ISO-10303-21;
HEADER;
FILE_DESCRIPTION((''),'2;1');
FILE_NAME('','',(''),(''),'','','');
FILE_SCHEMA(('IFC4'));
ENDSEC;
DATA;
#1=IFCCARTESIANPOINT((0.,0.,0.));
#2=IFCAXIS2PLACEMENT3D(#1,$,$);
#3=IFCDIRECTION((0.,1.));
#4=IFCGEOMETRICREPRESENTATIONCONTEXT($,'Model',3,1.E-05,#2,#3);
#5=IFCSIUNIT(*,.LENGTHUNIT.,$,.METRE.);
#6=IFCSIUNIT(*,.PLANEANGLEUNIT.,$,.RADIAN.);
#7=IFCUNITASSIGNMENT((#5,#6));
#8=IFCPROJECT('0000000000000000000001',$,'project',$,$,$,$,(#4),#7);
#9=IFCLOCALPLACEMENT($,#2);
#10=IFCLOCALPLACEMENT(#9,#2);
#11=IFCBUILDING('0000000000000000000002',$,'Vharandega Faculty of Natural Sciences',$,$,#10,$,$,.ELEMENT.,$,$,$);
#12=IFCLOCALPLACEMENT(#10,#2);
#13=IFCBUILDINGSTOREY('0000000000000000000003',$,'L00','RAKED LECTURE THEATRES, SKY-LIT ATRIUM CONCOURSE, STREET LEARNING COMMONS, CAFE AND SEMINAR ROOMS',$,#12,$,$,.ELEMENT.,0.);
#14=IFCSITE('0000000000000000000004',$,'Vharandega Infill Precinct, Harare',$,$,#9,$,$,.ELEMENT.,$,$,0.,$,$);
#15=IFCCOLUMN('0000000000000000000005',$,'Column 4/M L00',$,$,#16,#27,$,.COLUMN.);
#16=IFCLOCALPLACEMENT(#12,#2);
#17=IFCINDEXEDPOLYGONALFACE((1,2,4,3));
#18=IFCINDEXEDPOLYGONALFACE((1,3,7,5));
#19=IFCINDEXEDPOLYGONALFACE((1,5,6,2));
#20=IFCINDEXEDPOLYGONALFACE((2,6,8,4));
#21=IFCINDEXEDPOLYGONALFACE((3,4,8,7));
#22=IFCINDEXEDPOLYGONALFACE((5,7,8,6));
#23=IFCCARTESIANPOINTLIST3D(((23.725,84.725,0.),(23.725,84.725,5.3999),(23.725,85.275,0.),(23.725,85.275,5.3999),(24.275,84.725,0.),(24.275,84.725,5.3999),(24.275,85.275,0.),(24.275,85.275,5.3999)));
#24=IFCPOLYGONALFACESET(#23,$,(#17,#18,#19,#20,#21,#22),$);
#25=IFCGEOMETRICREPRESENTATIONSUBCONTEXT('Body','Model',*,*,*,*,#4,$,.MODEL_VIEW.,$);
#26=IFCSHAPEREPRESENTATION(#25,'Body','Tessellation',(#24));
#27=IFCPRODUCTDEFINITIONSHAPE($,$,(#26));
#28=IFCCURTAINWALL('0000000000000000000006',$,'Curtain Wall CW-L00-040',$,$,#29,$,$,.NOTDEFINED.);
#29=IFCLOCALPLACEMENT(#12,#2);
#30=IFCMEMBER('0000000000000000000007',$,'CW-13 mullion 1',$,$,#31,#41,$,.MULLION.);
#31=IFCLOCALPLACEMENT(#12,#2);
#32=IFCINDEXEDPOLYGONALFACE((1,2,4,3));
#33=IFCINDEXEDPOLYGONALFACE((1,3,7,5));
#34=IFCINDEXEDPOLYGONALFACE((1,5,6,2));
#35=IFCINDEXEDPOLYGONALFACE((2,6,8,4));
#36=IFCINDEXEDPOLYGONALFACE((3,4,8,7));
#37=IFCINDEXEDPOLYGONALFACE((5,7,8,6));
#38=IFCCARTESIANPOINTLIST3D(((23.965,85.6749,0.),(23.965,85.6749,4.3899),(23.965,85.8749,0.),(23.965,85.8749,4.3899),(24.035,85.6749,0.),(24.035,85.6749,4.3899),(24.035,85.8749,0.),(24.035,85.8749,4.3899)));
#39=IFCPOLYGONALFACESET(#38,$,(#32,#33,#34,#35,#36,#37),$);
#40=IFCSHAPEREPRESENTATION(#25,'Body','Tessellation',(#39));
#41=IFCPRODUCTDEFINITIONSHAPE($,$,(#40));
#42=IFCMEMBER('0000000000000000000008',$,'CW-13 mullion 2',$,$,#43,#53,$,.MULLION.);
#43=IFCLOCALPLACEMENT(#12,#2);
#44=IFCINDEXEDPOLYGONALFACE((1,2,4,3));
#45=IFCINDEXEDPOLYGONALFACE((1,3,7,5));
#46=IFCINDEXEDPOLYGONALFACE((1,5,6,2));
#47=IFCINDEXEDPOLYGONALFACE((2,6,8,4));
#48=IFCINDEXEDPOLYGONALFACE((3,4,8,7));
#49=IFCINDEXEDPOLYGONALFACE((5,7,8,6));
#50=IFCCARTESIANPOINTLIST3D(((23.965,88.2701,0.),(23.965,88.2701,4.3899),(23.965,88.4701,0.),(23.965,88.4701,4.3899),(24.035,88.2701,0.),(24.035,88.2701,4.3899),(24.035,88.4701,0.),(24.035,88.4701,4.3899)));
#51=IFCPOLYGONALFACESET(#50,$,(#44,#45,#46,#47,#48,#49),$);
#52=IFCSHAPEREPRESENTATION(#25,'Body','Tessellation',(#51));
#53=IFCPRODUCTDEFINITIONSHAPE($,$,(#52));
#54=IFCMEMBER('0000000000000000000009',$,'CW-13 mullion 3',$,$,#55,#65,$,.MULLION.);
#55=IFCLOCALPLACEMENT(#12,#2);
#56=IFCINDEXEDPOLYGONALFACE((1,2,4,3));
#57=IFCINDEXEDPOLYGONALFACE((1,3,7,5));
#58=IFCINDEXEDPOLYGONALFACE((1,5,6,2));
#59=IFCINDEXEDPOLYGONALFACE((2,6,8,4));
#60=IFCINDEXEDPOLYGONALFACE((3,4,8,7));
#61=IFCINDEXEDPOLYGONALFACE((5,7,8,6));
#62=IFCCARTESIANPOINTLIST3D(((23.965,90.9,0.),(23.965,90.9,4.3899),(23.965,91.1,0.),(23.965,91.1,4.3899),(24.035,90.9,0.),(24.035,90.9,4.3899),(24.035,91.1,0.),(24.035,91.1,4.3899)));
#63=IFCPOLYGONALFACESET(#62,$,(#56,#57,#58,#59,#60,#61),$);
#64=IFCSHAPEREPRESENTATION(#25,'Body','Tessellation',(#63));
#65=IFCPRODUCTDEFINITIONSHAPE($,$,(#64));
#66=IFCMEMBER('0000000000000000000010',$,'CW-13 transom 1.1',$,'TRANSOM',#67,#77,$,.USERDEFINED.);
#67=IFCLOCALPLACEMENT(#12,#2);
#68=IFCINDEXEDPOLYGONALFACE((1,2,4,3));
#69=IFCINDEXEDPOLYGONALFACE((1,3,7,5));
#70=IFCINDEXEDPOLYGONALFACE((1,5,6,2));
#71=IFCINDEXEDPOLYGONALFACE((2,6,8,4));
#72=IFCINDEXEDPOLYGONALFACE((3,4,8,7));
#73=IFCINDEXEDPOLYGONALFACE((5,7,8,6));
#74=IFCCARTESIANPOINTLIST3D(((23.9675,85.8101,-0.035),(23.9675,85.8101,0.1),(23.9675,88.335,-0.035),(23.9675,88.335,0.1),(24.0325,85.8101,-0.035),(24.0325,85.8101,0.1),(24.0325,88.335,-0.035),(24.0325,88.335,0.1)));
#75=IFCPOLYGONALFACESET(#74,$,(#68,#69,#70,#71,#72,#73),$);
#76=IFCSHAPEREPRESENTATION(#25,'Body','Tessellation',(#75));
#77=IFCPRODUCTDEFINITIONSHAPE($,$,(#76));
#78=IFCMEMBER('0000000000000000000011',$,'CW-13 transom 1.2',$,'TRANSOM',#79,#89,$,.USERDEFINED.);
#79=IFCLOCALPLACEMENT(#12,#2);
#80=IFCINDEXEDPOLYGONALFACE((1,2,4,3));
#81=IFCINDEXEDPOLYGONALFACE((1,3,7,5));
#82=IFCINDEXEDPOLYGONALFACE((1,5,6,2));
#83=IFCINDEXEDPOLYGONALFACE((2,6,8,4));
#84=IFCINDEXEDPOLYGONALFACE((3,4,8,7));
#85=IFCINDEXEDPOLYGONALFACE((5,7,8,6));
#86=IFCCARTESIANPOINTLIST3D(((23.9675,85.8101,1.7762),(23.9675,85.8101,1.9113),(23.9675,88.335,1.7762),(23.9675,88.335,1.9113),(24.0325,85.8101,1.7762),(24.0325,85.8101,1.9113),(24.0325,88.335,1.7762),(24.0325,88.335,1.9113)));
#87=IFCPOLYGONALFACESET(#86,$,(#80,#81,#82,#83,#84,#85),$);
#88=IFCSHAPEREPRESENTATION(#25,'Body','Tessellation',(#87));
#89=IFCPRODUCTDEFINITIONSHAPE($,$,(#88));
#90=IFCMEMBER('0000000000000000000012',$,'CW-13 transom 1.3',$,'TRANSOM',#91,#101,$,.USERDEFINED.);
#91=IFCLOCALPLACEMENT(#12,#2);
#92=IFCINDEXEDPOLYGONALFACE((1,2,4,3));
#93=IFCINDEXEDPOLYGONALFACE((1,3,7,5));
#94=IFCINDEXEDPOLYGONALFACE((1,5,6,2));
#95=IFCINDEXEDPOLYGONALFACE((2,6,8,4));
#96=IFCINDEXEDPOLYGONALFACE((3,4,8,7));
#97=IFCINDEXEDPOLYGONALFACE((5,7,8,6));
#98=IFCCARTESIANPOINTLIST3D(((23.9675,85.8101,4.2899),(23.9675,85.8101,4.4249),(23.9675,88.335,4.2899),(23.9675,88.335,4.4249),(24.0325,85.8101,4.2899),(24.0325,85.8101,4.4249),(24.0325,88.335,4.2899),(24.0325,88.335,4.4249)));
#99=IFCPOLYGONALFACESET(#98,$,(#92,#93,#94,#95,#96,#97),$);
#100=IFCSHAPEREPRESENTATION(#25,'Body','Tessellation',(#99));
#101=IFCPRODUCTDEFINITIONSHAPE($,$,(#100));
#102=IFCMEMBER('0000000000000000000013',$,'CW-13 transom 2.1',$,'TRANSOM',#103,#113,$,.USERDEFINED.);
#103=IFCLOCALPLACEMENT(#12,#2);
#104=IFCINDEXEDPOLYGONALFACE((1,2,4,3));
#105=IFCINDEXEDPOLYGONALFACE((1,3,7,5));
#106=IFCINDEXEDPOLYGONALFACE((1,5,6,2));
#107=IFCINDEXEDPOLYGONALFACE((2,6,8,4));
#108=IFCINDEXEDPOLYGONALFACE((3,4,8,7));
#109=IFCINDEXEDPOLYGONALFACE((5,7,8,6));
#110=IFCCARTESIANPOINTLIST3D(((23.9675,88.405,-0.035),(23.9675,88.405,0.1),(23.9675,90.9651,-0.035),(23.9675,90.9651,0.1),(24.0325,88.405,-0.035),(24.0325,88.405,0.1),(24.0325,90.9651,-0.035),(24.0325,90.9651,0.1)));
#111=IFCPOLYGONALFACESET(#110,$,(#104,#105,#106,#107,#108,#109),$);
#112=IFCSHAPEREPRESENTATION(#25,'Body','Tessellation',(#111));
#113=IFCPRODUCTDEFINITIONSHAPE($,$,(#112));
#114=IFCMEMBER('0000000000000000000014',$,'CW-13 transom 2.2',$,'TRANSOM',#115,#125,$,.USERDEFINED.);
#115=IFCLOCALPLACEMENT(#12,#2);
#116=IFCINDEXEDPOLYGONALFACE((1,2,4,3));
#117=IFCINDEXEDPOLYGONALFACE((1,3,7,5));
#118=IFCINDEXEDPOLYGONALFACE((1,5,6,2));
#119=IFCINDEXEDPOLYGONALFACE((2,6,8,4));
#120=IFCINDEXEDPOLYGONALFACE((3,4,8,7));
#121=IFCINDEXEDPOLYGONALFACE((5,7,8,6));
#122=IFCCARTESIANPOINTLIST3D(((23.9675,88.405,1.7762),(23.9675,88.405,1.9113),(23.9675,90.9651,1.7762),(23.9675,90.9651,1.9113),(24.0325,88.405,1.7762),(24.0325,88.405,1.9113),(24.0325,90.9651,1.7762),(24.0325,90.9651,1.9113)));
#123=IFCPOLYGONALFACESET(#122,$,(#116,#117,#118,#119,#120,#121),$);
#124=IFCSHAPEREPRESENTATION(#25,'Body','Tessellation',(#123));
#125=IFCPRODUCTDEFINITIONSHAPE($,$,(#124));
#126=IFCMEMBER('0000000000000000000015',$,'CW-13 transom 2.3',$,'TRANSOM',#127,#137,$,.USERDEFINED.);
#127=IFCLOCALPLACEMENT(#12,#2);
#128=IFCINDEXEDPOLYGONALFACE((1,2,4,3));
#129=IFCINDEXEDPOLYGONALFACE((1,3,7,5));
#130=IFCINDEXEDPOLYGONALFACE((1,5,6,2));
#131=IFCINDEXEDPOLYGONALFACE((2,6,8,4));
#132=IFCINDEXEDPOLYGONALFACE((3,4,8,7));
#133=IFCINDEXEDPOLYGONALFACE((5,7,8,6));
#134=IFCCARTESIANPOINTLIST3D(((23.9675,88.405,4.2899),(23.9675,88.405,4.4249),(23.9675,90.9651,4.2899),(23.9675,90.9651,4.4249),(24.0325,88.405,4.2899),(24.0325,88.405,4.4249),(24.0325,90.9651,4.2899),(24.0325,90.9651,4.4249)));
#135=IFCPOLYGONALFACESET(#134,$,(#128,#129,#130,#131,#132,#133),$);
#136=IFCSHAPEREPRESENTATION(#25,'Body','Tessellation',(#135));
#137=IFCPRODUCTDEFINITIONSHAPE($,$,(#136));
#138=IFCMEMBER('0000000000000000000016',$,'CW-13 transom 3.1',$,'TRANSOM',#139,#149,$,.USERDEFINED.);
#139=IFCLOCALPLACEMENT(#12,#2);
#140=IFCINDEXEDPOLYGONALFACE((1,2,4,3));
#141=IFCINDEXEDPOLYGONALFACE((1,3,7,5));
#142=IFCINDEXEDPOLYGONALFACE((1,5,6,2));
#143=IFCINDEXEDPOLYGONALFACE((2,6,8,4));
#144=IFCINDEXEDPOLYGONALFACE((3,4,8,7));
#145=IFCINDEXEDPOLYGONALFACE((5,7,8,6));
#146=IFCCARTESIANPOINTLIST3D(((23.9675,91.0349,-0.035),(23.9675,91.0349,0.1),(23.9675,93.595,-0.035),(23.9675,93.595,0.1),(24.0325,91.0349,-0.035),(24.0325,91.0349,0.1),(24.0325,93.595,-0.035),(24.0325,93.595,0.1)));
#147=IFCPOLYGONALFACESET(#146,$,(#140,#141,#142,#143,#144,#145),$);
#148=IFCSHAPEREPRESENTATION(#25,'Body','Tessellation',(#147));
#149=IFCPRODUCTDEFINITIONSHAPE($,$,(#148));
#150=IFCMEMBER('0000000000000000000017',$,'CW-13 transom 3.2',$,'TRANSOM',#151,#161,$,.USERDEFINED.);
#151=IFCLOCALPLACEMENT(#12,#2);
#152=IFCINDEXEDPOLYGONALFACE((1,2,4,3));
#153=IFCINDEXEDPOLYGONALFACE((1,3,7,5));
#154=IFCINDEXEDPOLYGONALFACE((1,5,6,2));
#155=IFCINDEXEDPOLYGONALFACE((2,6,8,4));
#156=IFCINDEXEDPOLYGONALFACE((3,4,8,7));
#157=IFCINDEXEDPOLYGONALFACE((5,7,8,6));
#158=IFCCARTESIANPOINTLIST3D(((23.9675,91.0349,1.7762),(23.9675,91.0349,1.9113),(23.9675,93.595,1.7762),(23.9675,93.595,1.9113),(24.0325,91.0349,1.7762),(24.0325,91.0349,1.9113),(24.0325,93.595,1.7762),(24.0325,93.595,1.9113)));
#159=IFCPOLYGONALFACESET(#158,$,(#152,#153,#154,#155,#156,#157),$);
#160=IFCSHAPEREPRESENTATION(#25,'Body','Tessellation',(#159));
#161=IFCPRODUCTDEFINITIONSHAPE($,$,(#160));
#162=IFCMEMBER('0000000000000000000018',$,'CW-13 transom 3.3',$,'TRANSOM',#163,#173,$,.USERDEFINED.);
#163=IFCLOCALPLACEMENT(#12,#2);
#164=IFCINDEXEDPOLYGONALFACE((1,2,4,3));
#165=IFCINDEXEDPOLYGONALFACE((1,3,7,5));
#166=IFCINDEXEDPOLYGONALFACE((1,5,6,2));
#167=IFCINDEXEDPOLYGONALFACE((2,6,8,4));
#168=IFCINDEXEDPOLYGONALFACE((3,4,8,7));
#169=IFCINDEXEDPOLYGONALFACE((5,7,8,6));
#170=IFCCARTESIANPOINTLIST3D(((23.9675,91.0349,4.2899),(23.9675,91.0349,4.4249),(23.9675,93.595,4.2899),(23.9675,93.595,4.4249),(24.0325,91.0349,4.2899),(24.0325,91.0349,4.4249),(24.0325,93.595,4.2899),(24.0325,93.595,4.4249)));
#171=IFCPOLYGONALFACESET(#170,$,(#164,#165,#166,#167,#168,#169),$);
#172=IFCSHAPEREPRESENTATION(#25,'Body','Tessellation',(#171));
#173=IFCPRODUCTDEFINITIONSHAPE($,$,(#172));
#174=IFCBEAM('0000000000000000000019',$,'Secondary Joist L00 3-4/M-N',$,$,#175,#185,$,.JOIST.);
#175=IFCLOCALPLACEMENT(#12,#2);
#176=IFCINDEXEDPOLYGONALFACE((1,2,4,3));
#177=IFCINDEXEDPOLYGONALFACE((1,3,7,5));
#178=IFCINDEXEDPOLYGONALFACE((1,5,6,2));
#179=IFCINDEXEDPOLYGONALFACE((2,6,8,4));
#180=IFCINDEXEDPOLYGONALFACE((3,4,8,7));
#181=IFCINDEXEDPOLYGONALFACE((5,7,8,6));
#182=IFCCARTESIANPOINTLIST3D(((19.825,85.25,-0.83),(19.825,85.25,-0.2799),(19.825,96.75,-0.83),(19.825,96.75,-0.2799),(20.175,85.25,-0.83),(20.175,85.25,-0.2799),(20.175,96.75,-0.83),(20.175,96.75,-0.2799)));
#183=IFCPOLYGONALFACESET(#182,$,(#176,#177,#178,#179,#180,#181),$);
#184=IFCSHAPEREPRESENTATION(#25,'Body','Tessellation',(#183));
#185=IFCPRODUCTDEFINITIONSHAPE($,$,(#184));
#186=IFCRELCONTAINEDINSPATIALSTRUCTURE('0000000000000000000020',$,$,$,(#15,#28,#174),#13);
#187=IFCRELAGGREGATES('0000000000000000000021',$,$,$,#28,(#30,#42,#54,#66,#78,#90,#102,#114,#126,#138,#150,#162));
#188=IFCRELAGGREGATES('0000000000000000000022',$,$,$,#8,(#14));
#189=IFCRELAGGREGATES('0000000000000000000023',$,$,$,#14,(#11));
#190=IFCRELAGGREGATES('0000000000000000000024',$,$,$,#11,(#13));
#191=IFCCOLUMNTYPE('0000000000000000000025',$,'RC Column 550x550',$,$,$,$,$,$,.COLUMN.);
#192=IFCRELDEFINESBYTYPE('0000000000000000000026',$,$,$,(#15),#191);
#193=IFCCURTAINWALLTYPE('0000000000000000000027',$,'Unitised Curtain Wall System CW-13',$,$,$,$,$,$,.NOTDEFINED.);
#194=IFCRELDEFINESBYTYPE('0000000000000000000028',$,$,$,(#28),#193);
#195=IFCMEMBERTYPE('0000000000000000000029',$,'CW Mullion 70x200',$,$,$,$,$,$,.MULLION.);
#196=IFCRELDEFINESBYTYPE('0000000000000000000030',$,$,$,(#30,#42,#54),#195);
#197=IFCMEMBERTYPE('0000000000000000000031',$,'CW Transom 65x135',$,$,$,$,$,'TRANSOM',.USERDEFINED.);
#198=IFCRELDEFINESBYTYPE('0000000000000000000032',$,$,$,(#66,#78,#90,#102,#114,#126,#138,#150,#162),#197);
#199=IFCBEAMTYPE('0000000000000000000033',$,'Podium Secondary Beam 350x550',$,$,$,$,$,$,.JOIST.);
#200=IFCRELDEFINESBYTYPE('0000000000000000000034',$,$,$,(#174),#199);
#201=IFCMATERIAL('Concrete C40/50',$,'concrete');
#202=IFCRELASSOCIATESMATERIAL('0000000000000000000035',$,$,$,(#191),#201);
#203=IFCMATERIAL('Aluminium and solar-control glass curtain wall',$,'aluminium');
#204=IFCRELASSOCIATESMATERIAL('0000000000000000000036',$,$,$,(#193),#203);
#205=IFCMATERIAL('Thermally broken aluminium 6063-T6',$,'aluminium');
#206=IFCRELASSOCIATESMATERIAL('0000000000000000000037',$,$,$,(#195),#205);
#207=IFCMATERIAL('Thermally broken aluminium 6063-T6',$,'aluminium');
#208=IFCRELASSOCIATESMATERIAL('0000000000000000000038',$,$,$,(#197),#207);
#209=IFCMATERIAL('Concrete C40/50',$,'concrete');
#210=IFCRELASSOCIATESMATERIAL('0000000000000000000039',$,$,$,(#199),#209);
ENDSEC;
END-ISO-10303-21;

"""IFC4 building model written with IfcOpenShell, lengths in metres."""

from ifc_helpers import new_model, si_unit, direction, frame, origin, origin_2d, place, context, subcontext, project, spatial, rectangle, extrude, material, material_profile, profile_set, type_object, element, aggregate, save


model = new_model("IFC4")

# Units and contexts
model_context = context("Model", 3, precision=1e-05, world=origin(), true_north=direction((0.0, 1.0)))
body_context = subcontext(model_context, "Body", "Model", "MODEL_VIEW")
ifc_project = project(units=[si_unit("LENGTHUNIT", "METRE"), si_unit("PLANEANGLEUNIT", "RADIAN")], contexts=[model_context])

# Site, building, storey
site_placement = place(None, origin())
site = spatial("IfcSite", under=ifc_project, at=site_placement, Name="Vharandega Infill Precinct, Harare", CompositionType="ELEMENT", RefElevation=0.0)
building_placement = place(site_placement, origin())
building = spatial("IfcBuilding", under=site, at=building_placement, Name="Vharandega Faculty of Natural Sciences", CompositionType="ELEMENT")
storey_placement = place(building_placement, origin())
storey = spatial("IfcBuildingStorey", under=building, at=storey_placement, Name="L00", Description="RAKED LECTURE THEATRES, SKY-LIT ATRIUM CONCOURSE, STREET LEARNING COMMONS, CAFE AND SEMINAR ROOMS", CompositionType="ELEMENT", Elevation=0.0)

# Column
ifc_material_1 = material(Name="Concrete C40/50", Category="concrete")
ifc_material_profile_1 = material_profile(ifc_material_1, rectangle(XDim=0.55, YDim=0.55, at=origin_2d()), Name="RC 550x550")
ifc_profile_set_1 = profile_set([ifc_material_profile_1], Name="Concrete C40/50")
column_type = type_object("IfcColumnType", Name="RC Column 550x550", PredefinedType="COLUMN", material=ifc_profile_set_1)
column_placement = place(storey_placement, frame((24.0, 85.0, 0.0), z_axis=(0.0, 0.0, 1.0), x_axis=(1.0, 0.0, 0.0)))
element("IfcColumn", 1, at=column_placement, inside=storey, type_object=column_type, Name="Column 4/M L00", PredefinedType="COLUMN", context=body_context, shape_type="SweptSolid", body=[
    extrude(rectangle(XDim=0.55, YDim=0.55, at=origin_2d()), origin(), (0.0, 0.0, 1.0), 5.3999),
])

# Curtain wall, members
ifc_material_2 = material(Name="Aluminium and solar-control glass curtain wall", Category="aluminium")
curtain_wall_type = type_object("IfcCurtainWallType", Name="Unitised Curtain Wall System CW-13", PredefinedType="NOTDEFINED", material=ifc_material_2)
curtain_wall_placement = place(storey_placement, origin())
curtain_wall = element("IfcCurtainWall", 2, at=curtain_wall_placement, inside=storey, type_object=curtain_wall_type, Name="Curtain Wall CW-L00-040", PredefinedType="NOTDEFINED")
ifc_material_3 = material(Name="Thermally broken aluminium 6063-T6", Category="aluminium")
ifc_material_profile_2 = material_profile(ifc_material_3, rectangle(XDim=0.0701, YDim=0.2, at=origin_2d()), Name="ALU 70x200")
ifc_profile_set_2 = profile_set([ifc_material_profile_2], Name="Thermally broken aluminium 6063-T6")
member_type_1 = type_object("IfcMemberType", Name="CW Mullion 70x200", PredefinedType="MULLION", material=ifc_profile_set_2)
member_1_placement = place(storey_placement, frame((24.0, 85.7749, 0.0), z_axis=(0.0, 0.0, 1.0), x_axis=(-1.0, 0.0, 0.0)))
member_1 = element("IfcMember", 3, at=member_1_placement, type_object=member_type_1, Name="CW-13 mullion 1", PredefinedType="MULLION", context=body_context, shape_type="SweptSolid", body=[
    extrude(rectangle(XDim=0.0701, YDim=0.2, at=origin_2d()), origin(), (0.0, 0.0, 1.0), 4.3899),
])
member_2_placement = place(storey_placement, frame((24.0, 88.3701, 0.0), z_axis=(0.0, 0.0, 1.0), x_axis=(-1.0, 0.0, 0.0)))
member_2 = element("IfcMember", 4, at=member_2_placement, type_object=member_type_1, Name="CW-13 mullion 2", PredefinedType="MULLION", context=body_context, shape_type="SweptSolid", body=[
    extrude(rectangle(XDim=0.0701, YDim=0.2, at=origin_2d()), origin(), (0.0, 0.0, 1.0), 4.3899),
])
member_3_placement = place(storey_placement, frame((24.0, 91.0, 0.0), z_axis=(0.0, 0.0, 1.0), x_axis=(-1.0, 0.0, 0.0)))
member_3 = element("IfcMember", 5, at=member_3_placement, type_object=member_type_1, Name="CW-13 mullion 3", PredefinedType="MULLION", context=body_context, shape_type="SweptSolid", body=[
    extrude(rectangle(XDim=0.0701, YDim=0.2, at=origin_2d()), origin(), (0.0, 0.0, 1.0), 4.3899),
])
ifc_material_4 = material(Name="Thermally broken aluminium 6063-T6", Category="aluminium")
ifc_material_profile_3 = material_profile(ifc_material_4, rectangle(XDim=0.0649, YDim=0.135, at=origin_2d()), Name="ALU 65x135")
ifc_profile_set_3 = profile_set([ifc_material_profile_3], Name="Thermally broken aluminium 6063-T6")
member_type_2 = type_object("IfcMemberType", Name="CW Transom 65x135", ElementType="TRANSOM", PredefinedType="USERDEFINED", material=ifc_profile_set_3)
member_4_placement = place(storey_placement, frame((24.0, 85.8101, 0.0325), z_axis=(0.0, 1.0, 0.0), x_axis=(-1.0, 0.0, 0.0)))
member_4 = element("IfcMember", 6, at=member_4_placement, type_object=member_type_2, Name="CW-13 transom 1.1", ObjectType="TRANSOM", PredefinedType="USERDEFINED", context=body_context, shape_type="SweptSolid", body=[
    extrude(rectangle(XDim=0.0649, YDim=0.135, at=origin_2d()), origin(), (0.0, 0.0, 1.0), 2.5249),
])
member_5_placement = place(storey_placement, frame((24.0, 85.8101, 1.8438), z_axis=(0.0, 1.0, 0.0), x_axis=(-1.0, 0.0, 0.0)))
member_5 = element("IfcMember", 7, at=member_5_placement, type_object=member_type_2, Name="CW-13 transom 1.2", ObjectType="TRANSOM", PredefinedType="USERDEFINED", context=body_context, shape_type="SweptSolid", body=[
    extrude(rectangle(XDim=0.0649, YDim=0.135, at=origin_2d()), origin(), (0.0, 0.0, 1.0), 2.5249),
])
member_6_placement = place(storey_placement, frame((24.0, 85.8101, 4.3574), z_axis=(0.0, 1.0, 0.0), x_axis=(-1.0, 0.0, 0.0)))
member_6 = element("IfcMember", 8, at=member_6_placement, type_object=member_type_2, Name="CW-13 transom 1.3", ObjectType="TRANSOM", PredefinedType="USERDEFINED", context=body_context, shape_type="SweptSolid", body=[
    extrude(rectangle(XDim=0.0649, YDim=0.135, at=origin_2d()), origin(), (0.0, 0.0, 1.0), 2.5249),
])
member_7_placement = place(storey_placement, frame((24.0, 88.405, 0.0325), z_axis=(0.0, 1.0, 0.0), x_axis=(-1.0, 0.0, 0.0)))
member_7 = element("IfcMember", 9, at=member_7_placement, type_object=member_type_2, Name="CW-13 transom 2.1", ObjectType="TRANSOM", PredefinedType="USERDEFINED", context=body_context, shape_type="SweptSolid", body=[
    extrude(rectangle(XDim=0.0649, YDim=0.135, at=origin_2d()), origin(), (0.0, 0.0, 1.0), 2.5601),
])
member_8_placement = place(storey_placement, frame((24.0, 88.405, 1.8438), z_axis=(0.0, 1.0, 0.0), x_axis=(-1.0, 0.0, 0.0)))
member_8 = element("IfcMember", 10, at=member_8_placement, type_object=member_type_2, Name="CW-13 transom 2.2", ObjectType="TRANSOM", PredefinedType="USERDEFINED", context=body_context, shape_type="SweptSolid", body=[
    extrude(rectangle(XDim=0.0649, YDim=0.135, at=origin_2d()), origin(), (0.0, 0.0, 1.0), 2.5601),
])
member_9_placement = place(storey_placement, frame((24.0, 88.405, 4.3574), z_axis=(0.0, 1.0, 0.0), x_axis=(-1.0, 0.0, 0.0)))
member_9 = element("IfcMember", 11, at=member_9_placement, type_object=member_type_2, Name="CW-13 transom 2.3", ObjectType="TRANSOM", PredefinedType="USERDEFINED", context=body_context, shape_type="SweptSolid", body=[
    extrude(rectangle(XDim=0.0649, YDim=0.135, at=origin_2d()), origin(), (0.0, 0.0, 1.0), 2.5601),
])
member_10_placement = place(storey_placement, frame((24.0, 91.0349, 0.0325), z_axis=(0.0, 1.0, 0.0), x_axis=(-1.0, 0.0, 0.0)))
member_10 = element("IfcMember", 12, at=member_10_placement, type_object=member_type_2, Name="CW-13 transom 3.1", ObjectType="TRANSOM", PredefinedType="USERDEFINED", context=body_context, shape_type="SweptSolid", body=[
    extrude(rectangle(XDim=0.0649, YDim=0.135, at=origin_2d()), origin(), (0.0, 0.0, 1.0), 2.5601),
])
member_11_placement = place(storey_placement, frame((24.0, 91.0349, 1.8438), z_axis=(0.0, 1.0, 0.0), x_axis=(-1.0, 0.0, 0.0)))
member_11 = element("IfcMember", 13, at=member_11_placement, type_object=member_type_2, Name="CW-13 transom 3.2", ObjectType="TRANSOM", PredefinedType="USERDEFINED", context=body_context, shape_type="SweptSolid", body=[
    extrude(rectangle(XDim=0.0649, YDim=0.135, at=origin_2d()), origin(), (0.0, 0.0, 1.0), 2.5601),
])
member_12_placement = place(storey_placement, frame((24.0, 91.0349, 4.3574), z_axis=(0.0, 1.0, 0.0), x_axis=(-1.0, 0.0, 0.0)))
member_12 = element("IfcMember", 14, at=member_12_placement, type_object=member_type_2, Name="CW-13 transom 3.3", ObjectType="TRANSOM", PredefinedType="USERDEFINED", context=body_context, shape_type="SweptSolid", body=[
    extrude(rectangle(XDim=0.0649, YDim=0.135, at=origin_2d()), origin(), (0.0, 0.0, 1.0), 2.5601),
])

# Beam
ifc_material_5 = material(Name="Concrete C40/50", Category="concrete")
ifc_material_profile_4 = material_profile(ifc_material_5, rectangle(XDim=0.3501, YDim=0.55, at=origin_2d()), Name="RC 350x550")
ifc_profile_set_4 = profile_set([ifc_material_profile_4], Name="Concrete C40/50")
beam_type_1 = type_object("IfcBeamType", Name="Podium Secondary Beam 350x550", PredefinedType="JOIST", material=ifc_profile_set_4)
beam_1_placement = place(storey_placement, frame((20.0, 85.25, -0.5549), z_axis=(0.0, 1.0, 0.0), x_axis=(-1.0, 0.0, 0.0)))
element("IfcBeam", 15, at=beam_1_placement, inside=storey, type_object=beam_type_1, Name="Secondary Joist L00 3-4/M-N", PredefinedType="JOIST", context=body_context, shape_type="SweptSolid", body=[
    extrude(rectangle(XDim=0.3501, YDim=0.55, at=origin_2d()), origin(), (0.0, 0.0, 1.0), 11.5),
])

aggregate(curtain_wall, [member_1, member_2, member_3, member_4, member_5, member_6, member_7, member_8, member_9, member_10, member_11, member_12])

save(model, "model.ifc")
